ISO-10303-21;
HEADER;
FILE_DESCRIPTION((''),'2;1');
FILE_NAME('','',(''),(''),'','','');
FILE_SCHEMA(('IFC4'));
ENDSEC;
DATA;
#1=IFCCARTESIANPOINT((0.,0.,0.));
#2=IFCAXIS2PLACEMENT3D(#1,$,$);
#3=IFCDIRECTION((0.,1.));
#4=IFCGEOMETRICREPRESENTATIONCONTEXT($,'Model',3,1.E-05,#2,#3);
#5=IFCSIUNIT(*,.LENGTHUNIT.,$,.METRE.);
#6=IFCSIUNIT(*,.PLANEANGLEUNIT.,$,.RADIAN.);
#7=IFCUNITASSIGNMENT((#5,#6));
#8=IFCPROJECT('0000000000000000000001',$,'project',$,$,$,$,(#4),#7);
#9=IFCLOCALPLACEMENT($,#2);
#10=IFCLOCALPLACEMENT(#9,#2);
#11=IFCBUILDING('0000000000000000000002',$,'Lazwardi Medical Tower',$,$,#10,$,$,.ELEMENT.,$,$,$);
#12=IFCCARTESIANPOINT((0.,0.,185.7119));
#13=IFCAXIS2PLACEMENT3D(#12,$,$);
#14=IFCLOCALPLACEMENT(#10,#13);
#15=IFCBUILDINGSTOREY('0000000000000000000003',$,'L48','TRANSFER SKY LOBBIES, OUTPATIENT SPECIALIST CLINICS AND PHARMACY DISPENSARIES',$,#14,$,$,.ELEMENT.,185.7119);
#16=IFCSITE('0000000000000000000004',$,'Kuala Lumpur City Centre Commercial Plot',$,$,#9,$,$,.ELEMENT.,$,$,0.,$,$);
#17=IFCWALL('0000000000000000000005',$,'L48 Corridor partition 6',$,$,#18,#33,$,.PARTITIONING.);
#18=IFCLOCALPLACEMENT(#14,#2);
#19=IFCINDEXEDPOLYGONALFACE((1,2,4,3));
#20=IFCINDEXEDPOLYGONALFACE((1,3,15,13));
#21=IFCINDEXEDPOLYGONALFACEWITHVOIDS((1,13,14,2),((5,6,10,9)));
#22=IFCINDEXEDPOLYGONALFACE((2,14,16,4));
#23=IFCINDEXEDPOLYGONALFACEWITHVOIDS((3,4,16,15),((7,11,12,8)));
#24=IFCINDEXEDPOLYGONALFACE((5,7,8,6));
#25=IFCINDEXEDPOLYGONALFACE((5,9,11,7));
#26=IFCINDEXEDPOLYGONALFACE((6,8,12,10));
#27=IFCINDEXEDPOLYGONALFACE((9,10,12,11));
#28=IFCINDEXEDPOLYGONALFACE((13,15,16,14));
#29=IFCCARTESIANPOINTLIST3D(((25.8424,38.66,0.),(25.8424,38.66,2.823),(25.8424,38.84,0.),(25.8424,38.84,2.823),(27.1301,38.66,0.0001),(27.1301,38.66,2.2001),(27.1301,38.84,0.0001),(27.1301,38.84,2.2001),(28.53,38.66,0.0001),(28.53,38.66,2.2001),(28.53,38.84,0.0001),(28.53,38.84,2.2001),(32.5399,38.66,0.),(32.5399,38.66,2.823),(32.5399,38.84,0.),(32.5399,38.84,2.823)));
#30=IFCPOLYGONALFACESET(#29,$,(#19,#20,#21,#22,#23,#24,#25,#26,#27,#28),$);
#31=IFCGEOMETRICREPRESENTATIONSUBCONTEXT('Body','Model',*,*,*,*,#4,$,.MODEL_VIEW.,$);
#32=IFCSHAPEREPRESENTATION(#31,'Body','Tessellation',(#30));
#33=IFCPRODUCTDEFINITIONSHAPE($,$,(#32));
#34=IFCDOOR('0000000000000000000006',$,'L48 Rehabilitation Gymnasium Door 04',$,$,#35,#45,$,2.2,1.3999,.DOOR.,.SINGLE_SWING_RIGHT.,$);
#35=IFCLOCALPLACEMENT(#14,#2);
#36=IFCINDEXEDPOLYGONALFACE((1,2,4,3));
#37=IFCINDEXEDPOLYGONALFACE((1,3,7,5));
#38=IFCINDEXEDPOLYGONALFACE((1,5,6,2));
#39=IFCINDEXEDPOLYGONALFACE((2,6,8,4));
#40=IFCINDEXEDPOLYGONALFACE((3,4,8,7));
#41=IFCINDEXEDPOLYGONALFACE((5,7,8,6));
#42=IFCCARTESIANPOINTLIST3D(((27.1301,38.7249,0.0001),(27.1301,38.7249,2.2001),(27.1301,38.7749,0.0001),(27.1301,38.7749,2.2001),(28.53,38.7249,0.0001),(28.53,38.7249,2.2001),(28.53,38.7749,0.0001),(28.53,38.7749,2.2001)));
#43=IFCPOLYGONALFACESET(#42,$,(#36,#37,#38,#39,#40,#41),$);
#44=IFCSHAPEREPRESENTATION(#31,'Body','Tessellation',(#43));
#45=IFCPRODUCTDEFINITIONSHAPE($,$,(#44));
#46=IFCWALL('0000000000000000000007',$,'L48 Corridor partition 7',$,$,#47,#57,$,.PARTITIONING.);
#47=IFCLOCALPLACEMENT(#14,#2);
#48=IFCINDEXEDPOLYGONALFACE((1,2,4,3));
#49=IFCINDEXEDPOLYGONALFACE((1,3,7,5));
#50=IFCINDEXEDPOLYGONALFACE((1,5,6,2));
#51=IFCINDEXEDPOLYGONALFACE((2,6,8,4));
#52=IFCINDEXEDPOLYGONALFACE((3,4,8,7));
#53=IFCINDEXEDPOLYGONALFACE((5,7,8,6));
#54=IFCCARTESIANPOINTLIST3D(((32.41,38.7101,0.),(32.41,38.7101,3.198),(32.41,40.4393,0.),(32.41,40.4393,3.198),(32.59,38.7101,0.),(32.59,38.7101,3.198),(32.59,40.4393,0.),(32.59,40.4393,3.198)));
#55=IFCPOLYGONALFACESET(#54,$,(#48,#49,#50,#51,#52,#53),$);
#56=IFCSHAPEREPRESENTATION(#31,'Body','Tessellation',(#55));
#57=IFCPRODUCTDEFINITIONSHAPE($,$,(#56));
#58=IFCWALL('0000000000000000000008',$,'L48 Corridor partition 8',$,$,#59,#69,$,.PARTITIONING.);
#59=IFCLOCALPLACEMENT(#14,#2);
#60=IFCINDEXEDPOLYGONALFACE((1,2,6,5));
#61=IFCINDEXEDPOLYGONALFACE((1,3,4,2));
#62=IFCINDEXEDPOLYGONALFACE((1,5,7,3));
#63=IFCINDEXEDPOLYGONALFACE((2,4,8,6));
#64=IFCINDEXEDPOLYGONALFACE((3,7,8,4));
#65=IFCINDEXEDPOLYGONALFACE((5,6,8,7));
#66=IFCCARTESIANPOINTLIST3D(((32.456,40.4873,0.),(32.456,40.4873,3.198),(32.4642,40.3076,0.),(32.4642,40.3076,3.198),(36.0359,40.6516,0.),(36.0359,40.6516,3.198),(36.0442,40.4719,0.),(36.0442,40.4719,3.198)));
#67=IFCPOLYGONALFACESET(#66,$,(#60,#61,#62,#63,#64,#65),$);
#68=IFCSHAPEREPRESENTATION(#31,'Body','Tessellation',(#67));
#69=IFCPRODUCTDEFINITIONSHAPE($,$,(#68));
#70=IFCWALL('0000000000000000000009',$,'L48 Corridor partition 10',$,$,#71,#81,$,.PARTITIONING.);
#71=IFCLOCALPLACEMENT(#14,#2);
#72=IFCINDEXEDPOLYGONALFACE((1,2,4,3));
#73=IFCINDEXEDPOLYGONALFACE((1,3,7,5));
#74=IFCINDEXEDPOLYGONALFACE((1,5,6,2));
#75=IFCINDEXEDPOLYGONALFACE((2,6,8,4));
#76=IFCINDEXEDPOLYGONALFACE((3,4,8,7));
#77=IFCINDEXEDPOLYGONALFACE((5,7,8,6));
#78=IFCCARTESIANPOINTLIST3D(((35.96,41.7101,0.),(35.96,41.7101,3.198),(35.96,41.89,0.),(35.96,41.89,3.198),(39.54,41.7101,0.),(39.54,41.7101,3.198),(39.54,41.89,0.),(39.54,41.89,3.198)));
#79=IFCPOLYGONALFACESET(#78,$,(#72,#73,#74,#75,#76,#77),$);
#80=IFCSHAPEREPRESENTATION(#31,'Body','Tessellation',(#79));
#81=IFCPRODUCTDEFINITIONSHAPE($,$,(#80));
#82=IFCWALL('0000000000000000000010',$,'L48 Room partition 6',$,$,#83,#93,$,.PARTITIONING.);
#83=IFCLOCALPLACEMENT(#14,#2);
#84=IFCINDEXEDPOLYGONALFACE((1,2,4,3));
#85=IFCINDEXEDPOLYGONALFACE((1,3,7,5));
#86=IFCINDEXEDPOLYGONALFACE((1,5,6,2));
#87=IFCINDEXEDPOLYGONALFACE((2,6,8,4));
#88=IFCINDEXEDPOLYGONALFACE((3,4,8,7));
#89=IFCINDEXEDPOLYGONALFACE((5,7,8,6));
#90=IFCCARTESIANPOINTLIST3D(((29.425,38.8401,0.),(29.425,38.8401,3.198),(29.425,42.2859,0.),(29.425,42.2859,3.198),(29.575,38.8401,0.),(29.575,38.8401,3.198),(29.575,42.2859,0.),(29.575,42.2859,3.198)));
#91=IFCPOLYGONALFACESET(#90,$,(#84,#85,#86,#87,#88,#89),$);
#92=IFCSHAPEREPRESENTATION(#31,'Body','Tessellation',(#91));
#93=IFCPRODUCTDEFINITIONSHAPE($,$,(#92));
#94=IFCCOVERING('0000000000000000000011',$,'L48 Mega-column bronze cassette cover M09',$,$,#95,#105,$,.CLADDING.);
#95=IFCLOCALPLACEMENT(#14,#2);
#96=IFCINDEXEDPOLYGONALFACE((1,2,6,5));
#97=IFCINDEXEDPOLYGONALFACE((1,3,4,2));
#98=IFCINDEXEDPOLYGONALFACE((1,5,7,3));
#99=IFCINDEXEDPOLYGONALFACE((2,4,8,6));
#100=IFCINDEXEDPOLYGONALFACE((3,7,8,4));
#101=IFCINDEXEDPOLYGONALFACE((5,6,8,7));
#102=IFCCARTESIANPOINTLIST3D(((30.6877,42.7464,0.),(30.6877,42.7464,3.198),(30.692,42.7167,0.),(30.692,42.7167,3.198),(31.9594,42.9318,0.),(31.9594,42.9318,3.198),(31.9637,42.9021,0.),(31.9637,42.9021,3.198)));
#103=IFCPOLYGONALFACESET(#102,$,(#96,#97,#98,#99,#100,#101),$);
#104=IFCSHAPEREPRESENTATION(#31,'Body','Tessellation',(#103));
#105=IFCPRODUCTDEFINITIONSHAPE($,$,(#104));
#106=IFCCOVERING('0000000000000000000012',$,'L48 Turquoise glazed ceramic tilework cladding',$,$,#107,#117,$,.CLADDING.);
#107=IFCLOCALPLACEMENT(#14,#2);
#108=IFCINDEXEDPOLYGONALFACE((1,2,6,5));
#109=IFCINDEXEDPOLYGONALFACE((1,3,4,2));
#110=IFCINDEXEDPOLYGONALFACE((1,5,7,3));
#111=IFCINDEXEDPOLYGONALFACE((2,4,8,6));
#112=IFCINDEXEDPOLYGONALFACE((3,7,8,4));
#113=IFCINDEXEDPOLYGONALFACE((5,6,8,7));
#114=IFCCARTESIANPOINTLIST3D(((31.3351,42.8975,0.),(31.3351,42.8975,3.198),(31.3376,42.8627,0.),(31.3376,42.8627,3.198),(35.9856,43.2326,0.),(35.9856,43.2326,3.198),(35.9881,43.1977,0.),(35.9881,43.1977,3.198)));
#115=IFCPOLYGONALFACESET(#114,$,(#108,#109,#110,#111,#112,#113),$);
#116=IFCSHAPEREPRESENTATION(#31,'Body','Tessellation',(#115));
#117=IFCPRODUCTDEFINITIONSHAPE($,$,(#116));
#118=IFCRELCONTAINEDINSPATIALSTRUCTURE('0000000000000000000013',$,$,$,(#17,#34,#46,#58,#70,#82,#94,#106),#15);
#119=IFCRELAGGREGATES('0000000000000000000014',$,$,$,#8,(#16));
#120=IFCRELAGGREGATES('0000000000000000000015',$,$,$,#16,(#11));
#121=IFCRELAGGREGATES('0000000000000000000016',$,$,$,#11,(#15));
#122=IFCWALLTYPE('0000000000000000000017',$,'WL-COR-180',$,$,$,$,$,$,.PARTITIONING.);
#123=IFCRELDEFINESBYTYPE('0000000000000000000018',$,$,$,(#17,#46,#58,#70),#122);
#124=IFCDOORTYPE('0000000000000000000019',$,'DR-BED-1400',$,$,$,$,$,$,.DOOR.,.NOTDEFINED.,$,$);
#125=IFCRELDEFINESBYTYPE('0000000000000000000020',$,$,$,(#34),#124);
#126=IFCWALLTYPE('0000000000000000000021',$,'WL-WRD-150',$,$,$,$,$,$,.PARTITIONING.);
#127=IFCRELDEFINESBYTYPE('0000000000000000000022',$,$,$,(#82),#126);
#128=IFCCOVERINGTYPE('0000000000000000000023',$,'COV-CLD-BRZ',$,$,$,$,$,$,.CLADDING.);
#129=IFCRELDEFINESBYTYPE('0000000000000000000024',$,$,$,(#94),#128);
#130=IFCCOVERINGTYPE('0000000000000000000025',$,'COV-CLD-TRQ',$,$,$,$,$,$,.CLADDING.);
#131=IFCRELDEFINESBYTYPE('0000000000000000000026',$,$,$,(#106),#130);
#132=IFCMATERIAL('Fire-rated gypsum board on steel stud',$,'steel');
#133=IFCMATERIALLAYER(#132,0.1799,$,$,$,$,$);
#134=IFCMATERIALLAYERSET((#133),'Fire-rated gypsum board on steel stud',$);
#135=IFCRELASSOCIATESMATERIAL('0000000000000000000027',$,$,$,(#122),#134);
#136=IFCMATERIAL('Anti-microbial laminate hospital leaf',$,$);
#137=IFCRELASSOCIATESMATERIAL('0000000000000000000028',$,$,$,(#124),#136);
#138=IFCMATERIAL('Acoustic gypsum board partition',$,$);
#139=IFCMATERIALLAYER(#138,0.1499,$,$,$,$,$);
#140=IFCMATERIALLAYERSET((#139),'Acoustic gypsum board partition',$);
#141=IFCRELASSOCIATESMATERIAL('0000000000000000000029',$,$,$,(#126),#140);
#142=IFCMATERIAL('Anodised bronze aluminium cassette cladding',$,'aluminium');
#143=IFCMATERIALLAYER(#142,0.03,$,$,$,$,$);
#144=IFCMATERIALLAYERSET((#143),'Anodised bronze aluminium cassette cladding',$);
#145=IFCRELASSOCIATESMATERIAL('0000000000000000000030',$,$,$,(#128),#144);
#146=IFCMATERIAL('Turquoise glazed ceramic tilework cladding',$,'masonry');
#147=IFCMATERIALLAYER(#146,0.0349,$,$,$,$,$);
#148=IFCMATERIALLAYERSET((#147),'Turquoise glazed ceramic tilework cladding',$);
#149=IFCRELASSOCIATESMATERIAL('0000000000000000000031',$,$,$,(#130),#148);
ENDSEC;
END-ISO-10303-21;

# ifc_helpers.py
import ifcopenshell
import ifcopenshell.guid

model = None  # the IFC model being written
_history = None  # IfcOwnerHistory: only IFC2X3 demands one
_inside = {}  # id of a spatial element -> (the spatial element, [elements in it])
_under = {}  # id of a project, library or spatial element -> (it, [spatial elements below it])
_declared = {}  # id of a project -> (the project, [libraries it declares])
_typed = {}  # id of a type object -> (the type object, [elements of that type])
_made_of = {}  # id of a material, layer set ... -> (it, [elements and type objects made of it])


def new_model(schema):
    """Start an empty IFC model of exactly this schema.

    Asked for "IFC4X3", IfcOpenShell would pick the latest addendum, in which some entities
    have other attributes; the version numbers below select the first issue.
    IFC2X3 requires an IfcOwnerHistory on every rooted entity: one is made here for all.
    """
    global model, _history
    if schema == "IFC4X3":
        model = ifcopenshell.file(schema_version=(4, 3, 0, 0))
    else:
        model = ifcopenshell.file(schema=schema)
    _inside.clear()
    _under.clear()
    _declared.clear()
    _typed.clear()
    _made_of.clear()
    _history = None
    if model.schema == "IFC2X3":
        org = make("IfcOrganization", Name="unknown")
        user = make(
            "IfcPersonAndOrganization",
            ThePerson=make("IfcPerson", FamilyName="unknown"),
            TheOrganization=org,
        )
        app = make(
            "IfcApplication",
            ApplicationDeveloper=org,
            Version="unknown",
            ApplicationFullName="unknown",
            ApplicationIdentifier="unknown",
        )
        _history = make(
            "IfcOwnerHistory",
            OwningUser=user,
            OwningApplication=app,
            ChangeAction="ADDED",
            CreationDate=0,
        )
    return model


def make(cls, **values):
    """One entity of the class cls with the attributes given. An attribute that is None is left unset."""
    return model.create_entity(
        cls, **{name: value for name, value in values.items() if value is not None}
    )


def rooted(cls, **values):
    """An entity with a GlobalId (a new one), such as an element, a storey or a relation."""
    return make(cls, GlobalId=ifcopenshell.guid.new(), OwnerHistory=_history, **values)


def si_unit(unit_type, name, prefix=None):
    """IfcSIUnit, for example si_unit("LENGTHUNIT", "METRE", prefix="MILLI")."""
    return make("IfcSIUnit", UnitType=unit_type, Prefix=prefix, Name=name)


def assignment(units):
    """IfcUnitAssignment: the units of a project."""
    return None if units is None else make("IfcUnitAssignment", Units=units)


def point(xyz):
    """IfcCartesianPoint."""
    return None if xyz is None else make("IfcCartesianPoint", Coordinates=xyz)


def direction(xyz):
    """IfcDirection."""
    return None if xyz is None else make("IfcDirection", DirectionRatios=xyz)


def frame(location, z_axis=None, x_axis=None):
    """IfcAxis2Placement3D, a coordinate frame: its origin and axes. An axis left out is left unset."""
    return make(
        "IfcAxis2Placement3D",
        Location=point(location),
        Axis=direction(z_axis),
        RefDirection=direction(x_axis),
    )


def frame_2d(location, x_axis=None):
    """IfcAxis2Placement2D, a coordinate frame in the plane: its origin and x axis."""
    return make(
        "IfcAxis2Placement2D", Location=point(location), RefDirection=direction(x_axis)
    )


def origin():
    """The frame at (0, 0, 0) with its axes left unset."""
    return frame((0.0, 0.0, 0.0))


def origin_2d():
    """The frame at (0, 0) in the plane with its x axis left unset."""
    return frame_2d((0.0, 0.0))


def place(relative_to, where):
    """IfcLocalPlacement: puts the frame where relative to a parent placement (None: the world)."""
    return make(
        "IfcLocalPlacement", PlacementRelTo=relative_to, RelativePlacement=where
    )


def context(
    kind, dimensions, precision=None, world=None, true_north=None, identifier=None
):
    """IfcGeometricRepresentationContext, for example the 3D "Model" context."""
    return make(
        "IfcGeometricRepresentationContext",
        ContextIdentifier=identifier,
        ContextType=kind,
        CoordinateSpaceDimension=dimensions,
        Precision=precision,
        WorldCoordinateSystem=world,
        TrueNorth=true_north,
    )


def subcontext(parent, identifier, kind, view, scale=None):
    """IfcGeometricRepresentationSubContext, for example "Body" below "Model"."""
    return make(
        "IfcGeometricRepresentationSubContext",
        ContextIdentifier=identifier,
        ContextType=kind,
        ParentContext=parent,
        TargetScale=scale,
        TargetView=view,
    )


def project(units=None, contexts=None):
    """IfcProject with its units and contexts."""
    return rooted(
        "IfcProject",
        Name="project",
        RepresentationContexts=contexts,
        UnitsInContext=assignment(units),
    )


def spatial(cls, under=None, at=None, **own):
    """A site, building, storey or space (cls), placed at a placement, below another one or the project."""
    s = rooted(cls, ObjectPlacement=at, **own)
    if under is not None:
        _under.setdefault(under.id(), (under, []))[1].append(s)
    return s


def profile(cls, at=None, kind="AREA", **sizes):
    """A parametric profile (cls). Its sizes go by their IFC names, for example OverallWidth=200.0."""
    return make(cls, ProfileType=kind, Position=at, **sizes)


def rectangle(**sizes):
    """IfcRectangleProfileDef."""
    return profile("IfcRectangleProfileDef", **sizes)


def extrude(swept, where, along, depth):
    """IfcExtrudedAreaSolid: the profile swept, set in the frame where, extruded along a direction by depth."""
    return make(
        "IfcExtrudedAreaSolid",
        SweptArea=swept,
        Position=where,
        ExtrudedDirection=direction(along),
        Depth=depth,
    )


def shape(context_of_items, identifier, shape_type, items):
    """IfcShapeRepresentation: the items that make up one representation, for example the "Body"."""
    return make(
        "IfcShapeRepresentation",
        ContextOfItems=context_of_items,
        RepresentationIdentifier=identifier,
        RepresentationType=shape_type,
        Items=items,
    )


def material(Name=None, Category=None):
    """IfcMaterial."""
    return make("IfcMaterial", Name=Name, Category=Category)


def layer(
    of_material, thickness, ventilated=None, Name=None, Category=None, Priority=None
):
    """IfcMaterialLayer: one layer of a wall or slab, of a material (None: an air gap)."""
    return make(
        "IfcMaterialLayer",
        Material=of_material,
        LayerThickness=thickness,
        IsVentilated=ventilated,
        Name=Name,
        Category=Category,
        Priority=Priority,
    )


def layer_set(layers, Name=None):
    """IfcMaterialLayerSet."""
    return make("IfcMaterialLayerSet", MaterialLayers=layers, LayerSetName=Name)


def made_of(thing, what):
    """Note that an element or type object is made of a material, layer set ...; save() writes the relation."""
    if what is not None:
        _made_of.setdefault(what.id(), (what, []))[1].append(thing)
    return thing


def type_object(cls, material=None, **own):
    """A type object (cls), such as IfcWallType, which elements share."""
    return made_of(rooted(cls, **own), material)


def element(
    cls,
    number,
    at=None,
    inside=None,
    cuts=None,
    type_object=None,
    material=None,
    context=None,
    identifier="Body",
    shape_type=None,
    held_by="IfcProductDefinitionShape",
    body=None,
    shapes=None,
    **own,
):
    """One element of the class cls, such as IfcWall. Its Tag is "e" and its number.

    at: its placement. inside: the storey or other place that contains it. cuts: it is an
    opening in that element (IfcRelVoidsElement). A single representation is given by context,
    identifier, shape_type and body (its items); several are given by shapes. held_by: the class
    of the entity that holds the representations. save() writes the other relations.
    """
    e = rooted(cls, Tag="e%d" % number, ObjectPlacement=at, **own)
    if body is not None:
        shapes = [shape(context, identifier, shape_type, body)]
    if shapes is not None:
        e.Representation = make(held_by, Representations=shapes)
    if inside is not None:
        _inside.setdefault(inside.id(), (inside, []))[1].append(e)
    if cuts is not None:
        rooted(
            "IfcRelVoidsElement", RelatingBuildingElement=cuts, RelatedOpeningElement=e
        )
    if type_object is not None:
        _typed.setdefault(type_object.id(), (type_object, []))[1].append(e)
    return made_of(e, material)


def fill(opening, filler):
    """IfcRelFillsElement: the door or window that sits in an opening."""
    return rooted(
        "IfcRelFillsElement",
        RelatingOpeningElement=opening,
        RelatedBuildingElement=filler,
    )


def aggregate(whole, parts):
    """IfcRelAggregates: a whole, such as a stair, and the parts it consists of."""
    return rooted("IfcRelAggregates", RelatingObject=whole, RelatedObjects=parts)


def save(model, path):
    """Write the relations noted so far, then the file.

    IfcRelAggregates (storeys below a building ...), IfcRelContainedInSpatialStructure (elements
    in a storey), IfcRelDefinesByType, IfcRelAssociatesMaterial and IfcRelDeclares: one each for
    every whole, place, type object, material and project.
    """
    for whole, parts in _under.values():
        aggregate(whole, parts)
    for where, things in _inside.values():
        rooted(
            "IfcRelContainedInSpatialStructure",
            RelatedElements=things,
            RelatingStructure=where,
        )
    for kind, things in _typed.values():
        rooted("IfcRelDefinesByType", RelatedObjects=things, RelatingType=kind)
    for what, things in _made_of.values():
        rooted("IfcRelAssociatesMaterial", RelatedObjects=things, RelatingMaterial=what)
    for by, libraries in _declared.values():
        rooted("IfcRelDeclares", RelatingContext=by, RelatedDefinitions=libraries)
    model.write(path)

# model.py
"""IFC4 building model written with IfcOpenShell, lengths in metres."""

from ifc_helpers import new_model, si_unit, direction, frame, frame_2d, origin, origin_2d, place, context, subcontext, project, spatial, rectangle, extrude, material, layer, layer_set, type_object, element, fill, save


model = new_model("IFC4")

# Units and contexts
model_context = context("Model", 3, precision=1e-05, world=origin(), true_north=direction((0.0, 1.0)))
body_context = subcontext(model_context, "Body", "Model", "MODEL_VIEW")
ifc_project = project(units=[si_unit("LENGTHUNIT", "METRE"), si_unit("PLANEANGLEUNIT", "RADIAN")], contexts=[model_context])

# Site, building, storey
site_placement = place(None, origin())
site = spatial("IfcSite", under=ifc_project, at=site_placement, Name="Kuala Lumpur City Centre Commercial Plot", CompositionType="ELEMENT", RefElevation=0.0)
building_placement = place(site_placement, origin())
building = spatial("IfcBuilding", under=site, at=building_placement, Name="Lazwardi Medical Tower", CompositionType="ELEMENT")
storey_placement = place(building_placement, frame((0.0, 0.0, 185.7119)))
storey = spatial("IfcBuildingStorey", under=building, at=storey_placement, Name="L48", Description="TRANSFER SKY LOBBIES, OUTPATIENT SPECIALIST CLINICS AND PHARMACY DISPENSARIES", CompositionType="ELEMENT", Elevation=185.7119)

# Shared definitions
ifc_material_1 = material(Name="Fire-rated gypsum board on steel stud", Category="steel")
ifc_layer_1 = layer(ifc_material_1, 0.1799)
ifc_layer_set_1 = layer_set([ifc_layer_1], Name="Fire-rated gypsum board on steel stud")
wall_type_1 = type_object("IfcWallType", Name="WL-COR-180", PredefinedType="PARTITIONING", material=ifc_layer_set_1)

# Wall, opening, door
wall_1_placement = place(storey_placement, frame((25.8425, 38.75, 0.0), z_axis=(0.0, 0.0, 1.0), x_axis=(1.0, 0.0, 0.0)))
wall_1 = element("IfcWall", 1, at=wall_1_placement, inside=storey, type_object=wall_type_1, Name="L48 Corridor partition 6", PredefinedType="PARTITIONING", context=body_context, shape_type="SweptSolid", body=[
    extrude(rectangle(XDim=6.6975, YDim=0.1799, at=frame_2d((3.3486, 0.0))), origin(), (0.0, 0.0, 1.0), 2.823),
])
opening_placement = place(wall_1_placement, frame((1.2876, 0.0, 0.0)))
opening = element("IfcOpeningElement", 2, at=opening_placement, cuts=wall_1, PredefinedType="OPENING", context=body_context, shape_type="SweptSolid", body=[
    extrude(rectangle(XDim=1.3999, YDim=2.2, at=frame_2d((0.7, 1.1001))), frame((0.0, 0.0999, 0.0), z_axis=(0.0, -1.0, 0.0), x_axis=(1.0, 0.0, 0.0)), (0.0, 0.0, 1.0), 0.2),
])
ifc_material_2 = material(Name="Anti-microbial laminate hospital leaf")
door_type = type_object("IfcDoorType", Name="DR-BED-1400", OperationType="NOTDEFINED", PredefinedType="DOOR", material=ifc_material_2)
door_placement = place(opening_placement, origin())
door = element("IfcDoor", 3, at=door_placement, inside=storey, type_object=door_type, Name="L48 Rehabilitation Gymnasium Door 04", OperationType="SINGLE_SWING_RIGHT", OverallHeight=2.2, OverallWidth=1.3999, PredefinedType="DOOR", context=body_context, shape_type="SweptSolid", body=[
    extrude(rectangle(XDim=1.3999, YDim=2.2, at=frame_2d((0.7, 1.1001))), frame((0.0, 0.0249, 0.0), z_axis=(0.0, -1.0, 0.0), x_axis=(1.0, 0.0, 0.0)), (0.0, 0.0, 1.0), 0.05),
])
fill(opening, door)

# Walls
wall_2_placement = place(storey_placement, frame((32.5, 38.71, 0.0), z_axis=(0.0, 0.0, 1.0), x_axis=(0.0, 1.0, 0.0)))
element("IfcWall", 4, at=wall_2_placement, inside=storey, type_object=wall_type_1, Name="L48 Corridor partition 7", PredefinedType="PARTITIONING", context=body_context, shape_type="SweptSolid", body=[
    extrude(rectangle(XDim=1.7292, YDim=0.1799, at=frame_2d((0.8647, 0.0))), origin(), (0.0, 0.0, 1.0), 3.198),
])
wall_3_placement = place(storey_placement, frame((32.46, 40.3975, 0.0), z_axis=(0.0, 0.0, 1.0), x_axis=(0.998948, 0.045846, 0.0)))
element("IfcWall", 5, at=wall_3_placement, inside=storey, type_object=wall_type_1, Name="L48 Corridor partition 8", PredefinedType="PARTITIONING", context=body_context, shape_type="SweptSolid", body=[
    extrude(rectangle(XDim=3.5837, YDim=0.1799, at=frame_2d((1.792, 0.0))), origin(), (0.0, 0.0, 1.0), 3.198),
])
wall_4_placement = place(storey_placement, frame((35.96, 41.8, 0.0), z_axis=(0.0, 0.0, 1.0), x_axis=(1.0, 0.0, 0.0)))
element("IfcWall", 6, at=wall_4_placement, inside=storey, type_object=wall_type_1, Name="L48 Corridor partition 10", PredefinedType="PARTITIONING", context=body_context, shape_type="SweptSolid", body=[
    extrude(rectangle(XDim=3.5801, YDim=0.1799, at=frame_2d((1.79, 0.0))), origin(), (0.0, 0.0, 1.0), 3.198),
])
ifc_material_3 = material(Name="Acoustic gypsum board partition")
ifc_layer_2 = layer(ifc_material_3, 0.1499)
ifc_layer_set_2 = layer_set([ifc_layer_2], Name="Acoustic gypsum board partition")
wall_type_2 = type_object("IfcWallType", Name="WL-WRD-150", PredefinedType="PARTITIONING", material=ifc_layer_set_2)
wall_5_placement = place(storey_placement, frame((29.5, 38.8401, 0.0), z_axis=(0.0, 0.0, 1.0), x_axis=(0.0, 1.0, 0.0)))
element("IfcWall", 7, at=wall_5_placement, inside=storey, type_object=wall_type_2, Name="L48 Room partition 6", PredefinedType="PARTITIONING", context=body_context, shape_type="SweptSolid", body=[
    extrude(rectangle(XDim=3.4458, YDim=0.1499, at=frame_2d((1.7229, 0.0))), origin(), (0.0, 0.0, 1.0), 3.198),
])

# Coverings
ifc_material_4 = material(Name="Anodised bronze aluminium cassette cladding", Category="aluminium")
ifc_layer_3 = layer(ifc_material_4, 0.03)
ifc_layer_set_3 = layer_set([ifc_layer_3], Name="Anodised bronze aluminium cassette cladding")
covering_type_1 = type_object("IfcCoveringType", Name="COV-CLD-BRZ", PredefinedType="CLADDING", material=ifc_layer_set_3)
covering_1_placement = place(storey_placement, frame((31.3257, 42.8242, 0.0), z_axis=(0.0, 0.0, 1.0), x_axis=(-0.989539, -0.144265, 0.0)))
element("IfcCovering", 8, at=covering_1_placement, inside=storey, type_object=covering_type_1, Name="L48 Mega-column bronze cassette cover M09", PredefinedType="CLADDING", context=body_context, shape_type="SweptSolid", body=[
    extrude(rectangle(XDim=1.2852, YDim=0.03, at=origin_2d()), origin(), (0.0, 0.0, 1.0), 3.198),
])
ifc_material_5 = material(Name="Turquoise glazed ceramic tilework cladding", Category="masonry")
ifc_layer_4 = layer(ifc_material_5, 0.0349)
ifc_layer_set_4 = layer_set([ifc_layer_4], Name="Turquoise glazed ceramic tilework cladding")
covering_type_2 = type_object("IfcCoveringType", Name="COV-CLD-TRQ", PredefinedType="CLADDING", material=ifc_layer_set_4)
covering_2_placement = place(storey_placement, frame((33.6616, 43.0476, 0.0), z_axis=(0.0, 0.0, 1.0), x_axis=(-0.997414, -0.071868, 0.0)))
element("IfcCovering", 9, at=covering_2_placement, inside=storey, type_object=covering_type_2, Name="L48 Turquoise glazed ceramic tilework cladding", PredefinedType="CLADDING", context=body_context, shape_type="SweptSolid", body=[
    extrude(rectangle(XDim=4.6626, YDim=0.0349, at=origin_2d()), origin(), (0.0, 0.0, 1.0), 3.198),
])

save(model, "model.ifc")
